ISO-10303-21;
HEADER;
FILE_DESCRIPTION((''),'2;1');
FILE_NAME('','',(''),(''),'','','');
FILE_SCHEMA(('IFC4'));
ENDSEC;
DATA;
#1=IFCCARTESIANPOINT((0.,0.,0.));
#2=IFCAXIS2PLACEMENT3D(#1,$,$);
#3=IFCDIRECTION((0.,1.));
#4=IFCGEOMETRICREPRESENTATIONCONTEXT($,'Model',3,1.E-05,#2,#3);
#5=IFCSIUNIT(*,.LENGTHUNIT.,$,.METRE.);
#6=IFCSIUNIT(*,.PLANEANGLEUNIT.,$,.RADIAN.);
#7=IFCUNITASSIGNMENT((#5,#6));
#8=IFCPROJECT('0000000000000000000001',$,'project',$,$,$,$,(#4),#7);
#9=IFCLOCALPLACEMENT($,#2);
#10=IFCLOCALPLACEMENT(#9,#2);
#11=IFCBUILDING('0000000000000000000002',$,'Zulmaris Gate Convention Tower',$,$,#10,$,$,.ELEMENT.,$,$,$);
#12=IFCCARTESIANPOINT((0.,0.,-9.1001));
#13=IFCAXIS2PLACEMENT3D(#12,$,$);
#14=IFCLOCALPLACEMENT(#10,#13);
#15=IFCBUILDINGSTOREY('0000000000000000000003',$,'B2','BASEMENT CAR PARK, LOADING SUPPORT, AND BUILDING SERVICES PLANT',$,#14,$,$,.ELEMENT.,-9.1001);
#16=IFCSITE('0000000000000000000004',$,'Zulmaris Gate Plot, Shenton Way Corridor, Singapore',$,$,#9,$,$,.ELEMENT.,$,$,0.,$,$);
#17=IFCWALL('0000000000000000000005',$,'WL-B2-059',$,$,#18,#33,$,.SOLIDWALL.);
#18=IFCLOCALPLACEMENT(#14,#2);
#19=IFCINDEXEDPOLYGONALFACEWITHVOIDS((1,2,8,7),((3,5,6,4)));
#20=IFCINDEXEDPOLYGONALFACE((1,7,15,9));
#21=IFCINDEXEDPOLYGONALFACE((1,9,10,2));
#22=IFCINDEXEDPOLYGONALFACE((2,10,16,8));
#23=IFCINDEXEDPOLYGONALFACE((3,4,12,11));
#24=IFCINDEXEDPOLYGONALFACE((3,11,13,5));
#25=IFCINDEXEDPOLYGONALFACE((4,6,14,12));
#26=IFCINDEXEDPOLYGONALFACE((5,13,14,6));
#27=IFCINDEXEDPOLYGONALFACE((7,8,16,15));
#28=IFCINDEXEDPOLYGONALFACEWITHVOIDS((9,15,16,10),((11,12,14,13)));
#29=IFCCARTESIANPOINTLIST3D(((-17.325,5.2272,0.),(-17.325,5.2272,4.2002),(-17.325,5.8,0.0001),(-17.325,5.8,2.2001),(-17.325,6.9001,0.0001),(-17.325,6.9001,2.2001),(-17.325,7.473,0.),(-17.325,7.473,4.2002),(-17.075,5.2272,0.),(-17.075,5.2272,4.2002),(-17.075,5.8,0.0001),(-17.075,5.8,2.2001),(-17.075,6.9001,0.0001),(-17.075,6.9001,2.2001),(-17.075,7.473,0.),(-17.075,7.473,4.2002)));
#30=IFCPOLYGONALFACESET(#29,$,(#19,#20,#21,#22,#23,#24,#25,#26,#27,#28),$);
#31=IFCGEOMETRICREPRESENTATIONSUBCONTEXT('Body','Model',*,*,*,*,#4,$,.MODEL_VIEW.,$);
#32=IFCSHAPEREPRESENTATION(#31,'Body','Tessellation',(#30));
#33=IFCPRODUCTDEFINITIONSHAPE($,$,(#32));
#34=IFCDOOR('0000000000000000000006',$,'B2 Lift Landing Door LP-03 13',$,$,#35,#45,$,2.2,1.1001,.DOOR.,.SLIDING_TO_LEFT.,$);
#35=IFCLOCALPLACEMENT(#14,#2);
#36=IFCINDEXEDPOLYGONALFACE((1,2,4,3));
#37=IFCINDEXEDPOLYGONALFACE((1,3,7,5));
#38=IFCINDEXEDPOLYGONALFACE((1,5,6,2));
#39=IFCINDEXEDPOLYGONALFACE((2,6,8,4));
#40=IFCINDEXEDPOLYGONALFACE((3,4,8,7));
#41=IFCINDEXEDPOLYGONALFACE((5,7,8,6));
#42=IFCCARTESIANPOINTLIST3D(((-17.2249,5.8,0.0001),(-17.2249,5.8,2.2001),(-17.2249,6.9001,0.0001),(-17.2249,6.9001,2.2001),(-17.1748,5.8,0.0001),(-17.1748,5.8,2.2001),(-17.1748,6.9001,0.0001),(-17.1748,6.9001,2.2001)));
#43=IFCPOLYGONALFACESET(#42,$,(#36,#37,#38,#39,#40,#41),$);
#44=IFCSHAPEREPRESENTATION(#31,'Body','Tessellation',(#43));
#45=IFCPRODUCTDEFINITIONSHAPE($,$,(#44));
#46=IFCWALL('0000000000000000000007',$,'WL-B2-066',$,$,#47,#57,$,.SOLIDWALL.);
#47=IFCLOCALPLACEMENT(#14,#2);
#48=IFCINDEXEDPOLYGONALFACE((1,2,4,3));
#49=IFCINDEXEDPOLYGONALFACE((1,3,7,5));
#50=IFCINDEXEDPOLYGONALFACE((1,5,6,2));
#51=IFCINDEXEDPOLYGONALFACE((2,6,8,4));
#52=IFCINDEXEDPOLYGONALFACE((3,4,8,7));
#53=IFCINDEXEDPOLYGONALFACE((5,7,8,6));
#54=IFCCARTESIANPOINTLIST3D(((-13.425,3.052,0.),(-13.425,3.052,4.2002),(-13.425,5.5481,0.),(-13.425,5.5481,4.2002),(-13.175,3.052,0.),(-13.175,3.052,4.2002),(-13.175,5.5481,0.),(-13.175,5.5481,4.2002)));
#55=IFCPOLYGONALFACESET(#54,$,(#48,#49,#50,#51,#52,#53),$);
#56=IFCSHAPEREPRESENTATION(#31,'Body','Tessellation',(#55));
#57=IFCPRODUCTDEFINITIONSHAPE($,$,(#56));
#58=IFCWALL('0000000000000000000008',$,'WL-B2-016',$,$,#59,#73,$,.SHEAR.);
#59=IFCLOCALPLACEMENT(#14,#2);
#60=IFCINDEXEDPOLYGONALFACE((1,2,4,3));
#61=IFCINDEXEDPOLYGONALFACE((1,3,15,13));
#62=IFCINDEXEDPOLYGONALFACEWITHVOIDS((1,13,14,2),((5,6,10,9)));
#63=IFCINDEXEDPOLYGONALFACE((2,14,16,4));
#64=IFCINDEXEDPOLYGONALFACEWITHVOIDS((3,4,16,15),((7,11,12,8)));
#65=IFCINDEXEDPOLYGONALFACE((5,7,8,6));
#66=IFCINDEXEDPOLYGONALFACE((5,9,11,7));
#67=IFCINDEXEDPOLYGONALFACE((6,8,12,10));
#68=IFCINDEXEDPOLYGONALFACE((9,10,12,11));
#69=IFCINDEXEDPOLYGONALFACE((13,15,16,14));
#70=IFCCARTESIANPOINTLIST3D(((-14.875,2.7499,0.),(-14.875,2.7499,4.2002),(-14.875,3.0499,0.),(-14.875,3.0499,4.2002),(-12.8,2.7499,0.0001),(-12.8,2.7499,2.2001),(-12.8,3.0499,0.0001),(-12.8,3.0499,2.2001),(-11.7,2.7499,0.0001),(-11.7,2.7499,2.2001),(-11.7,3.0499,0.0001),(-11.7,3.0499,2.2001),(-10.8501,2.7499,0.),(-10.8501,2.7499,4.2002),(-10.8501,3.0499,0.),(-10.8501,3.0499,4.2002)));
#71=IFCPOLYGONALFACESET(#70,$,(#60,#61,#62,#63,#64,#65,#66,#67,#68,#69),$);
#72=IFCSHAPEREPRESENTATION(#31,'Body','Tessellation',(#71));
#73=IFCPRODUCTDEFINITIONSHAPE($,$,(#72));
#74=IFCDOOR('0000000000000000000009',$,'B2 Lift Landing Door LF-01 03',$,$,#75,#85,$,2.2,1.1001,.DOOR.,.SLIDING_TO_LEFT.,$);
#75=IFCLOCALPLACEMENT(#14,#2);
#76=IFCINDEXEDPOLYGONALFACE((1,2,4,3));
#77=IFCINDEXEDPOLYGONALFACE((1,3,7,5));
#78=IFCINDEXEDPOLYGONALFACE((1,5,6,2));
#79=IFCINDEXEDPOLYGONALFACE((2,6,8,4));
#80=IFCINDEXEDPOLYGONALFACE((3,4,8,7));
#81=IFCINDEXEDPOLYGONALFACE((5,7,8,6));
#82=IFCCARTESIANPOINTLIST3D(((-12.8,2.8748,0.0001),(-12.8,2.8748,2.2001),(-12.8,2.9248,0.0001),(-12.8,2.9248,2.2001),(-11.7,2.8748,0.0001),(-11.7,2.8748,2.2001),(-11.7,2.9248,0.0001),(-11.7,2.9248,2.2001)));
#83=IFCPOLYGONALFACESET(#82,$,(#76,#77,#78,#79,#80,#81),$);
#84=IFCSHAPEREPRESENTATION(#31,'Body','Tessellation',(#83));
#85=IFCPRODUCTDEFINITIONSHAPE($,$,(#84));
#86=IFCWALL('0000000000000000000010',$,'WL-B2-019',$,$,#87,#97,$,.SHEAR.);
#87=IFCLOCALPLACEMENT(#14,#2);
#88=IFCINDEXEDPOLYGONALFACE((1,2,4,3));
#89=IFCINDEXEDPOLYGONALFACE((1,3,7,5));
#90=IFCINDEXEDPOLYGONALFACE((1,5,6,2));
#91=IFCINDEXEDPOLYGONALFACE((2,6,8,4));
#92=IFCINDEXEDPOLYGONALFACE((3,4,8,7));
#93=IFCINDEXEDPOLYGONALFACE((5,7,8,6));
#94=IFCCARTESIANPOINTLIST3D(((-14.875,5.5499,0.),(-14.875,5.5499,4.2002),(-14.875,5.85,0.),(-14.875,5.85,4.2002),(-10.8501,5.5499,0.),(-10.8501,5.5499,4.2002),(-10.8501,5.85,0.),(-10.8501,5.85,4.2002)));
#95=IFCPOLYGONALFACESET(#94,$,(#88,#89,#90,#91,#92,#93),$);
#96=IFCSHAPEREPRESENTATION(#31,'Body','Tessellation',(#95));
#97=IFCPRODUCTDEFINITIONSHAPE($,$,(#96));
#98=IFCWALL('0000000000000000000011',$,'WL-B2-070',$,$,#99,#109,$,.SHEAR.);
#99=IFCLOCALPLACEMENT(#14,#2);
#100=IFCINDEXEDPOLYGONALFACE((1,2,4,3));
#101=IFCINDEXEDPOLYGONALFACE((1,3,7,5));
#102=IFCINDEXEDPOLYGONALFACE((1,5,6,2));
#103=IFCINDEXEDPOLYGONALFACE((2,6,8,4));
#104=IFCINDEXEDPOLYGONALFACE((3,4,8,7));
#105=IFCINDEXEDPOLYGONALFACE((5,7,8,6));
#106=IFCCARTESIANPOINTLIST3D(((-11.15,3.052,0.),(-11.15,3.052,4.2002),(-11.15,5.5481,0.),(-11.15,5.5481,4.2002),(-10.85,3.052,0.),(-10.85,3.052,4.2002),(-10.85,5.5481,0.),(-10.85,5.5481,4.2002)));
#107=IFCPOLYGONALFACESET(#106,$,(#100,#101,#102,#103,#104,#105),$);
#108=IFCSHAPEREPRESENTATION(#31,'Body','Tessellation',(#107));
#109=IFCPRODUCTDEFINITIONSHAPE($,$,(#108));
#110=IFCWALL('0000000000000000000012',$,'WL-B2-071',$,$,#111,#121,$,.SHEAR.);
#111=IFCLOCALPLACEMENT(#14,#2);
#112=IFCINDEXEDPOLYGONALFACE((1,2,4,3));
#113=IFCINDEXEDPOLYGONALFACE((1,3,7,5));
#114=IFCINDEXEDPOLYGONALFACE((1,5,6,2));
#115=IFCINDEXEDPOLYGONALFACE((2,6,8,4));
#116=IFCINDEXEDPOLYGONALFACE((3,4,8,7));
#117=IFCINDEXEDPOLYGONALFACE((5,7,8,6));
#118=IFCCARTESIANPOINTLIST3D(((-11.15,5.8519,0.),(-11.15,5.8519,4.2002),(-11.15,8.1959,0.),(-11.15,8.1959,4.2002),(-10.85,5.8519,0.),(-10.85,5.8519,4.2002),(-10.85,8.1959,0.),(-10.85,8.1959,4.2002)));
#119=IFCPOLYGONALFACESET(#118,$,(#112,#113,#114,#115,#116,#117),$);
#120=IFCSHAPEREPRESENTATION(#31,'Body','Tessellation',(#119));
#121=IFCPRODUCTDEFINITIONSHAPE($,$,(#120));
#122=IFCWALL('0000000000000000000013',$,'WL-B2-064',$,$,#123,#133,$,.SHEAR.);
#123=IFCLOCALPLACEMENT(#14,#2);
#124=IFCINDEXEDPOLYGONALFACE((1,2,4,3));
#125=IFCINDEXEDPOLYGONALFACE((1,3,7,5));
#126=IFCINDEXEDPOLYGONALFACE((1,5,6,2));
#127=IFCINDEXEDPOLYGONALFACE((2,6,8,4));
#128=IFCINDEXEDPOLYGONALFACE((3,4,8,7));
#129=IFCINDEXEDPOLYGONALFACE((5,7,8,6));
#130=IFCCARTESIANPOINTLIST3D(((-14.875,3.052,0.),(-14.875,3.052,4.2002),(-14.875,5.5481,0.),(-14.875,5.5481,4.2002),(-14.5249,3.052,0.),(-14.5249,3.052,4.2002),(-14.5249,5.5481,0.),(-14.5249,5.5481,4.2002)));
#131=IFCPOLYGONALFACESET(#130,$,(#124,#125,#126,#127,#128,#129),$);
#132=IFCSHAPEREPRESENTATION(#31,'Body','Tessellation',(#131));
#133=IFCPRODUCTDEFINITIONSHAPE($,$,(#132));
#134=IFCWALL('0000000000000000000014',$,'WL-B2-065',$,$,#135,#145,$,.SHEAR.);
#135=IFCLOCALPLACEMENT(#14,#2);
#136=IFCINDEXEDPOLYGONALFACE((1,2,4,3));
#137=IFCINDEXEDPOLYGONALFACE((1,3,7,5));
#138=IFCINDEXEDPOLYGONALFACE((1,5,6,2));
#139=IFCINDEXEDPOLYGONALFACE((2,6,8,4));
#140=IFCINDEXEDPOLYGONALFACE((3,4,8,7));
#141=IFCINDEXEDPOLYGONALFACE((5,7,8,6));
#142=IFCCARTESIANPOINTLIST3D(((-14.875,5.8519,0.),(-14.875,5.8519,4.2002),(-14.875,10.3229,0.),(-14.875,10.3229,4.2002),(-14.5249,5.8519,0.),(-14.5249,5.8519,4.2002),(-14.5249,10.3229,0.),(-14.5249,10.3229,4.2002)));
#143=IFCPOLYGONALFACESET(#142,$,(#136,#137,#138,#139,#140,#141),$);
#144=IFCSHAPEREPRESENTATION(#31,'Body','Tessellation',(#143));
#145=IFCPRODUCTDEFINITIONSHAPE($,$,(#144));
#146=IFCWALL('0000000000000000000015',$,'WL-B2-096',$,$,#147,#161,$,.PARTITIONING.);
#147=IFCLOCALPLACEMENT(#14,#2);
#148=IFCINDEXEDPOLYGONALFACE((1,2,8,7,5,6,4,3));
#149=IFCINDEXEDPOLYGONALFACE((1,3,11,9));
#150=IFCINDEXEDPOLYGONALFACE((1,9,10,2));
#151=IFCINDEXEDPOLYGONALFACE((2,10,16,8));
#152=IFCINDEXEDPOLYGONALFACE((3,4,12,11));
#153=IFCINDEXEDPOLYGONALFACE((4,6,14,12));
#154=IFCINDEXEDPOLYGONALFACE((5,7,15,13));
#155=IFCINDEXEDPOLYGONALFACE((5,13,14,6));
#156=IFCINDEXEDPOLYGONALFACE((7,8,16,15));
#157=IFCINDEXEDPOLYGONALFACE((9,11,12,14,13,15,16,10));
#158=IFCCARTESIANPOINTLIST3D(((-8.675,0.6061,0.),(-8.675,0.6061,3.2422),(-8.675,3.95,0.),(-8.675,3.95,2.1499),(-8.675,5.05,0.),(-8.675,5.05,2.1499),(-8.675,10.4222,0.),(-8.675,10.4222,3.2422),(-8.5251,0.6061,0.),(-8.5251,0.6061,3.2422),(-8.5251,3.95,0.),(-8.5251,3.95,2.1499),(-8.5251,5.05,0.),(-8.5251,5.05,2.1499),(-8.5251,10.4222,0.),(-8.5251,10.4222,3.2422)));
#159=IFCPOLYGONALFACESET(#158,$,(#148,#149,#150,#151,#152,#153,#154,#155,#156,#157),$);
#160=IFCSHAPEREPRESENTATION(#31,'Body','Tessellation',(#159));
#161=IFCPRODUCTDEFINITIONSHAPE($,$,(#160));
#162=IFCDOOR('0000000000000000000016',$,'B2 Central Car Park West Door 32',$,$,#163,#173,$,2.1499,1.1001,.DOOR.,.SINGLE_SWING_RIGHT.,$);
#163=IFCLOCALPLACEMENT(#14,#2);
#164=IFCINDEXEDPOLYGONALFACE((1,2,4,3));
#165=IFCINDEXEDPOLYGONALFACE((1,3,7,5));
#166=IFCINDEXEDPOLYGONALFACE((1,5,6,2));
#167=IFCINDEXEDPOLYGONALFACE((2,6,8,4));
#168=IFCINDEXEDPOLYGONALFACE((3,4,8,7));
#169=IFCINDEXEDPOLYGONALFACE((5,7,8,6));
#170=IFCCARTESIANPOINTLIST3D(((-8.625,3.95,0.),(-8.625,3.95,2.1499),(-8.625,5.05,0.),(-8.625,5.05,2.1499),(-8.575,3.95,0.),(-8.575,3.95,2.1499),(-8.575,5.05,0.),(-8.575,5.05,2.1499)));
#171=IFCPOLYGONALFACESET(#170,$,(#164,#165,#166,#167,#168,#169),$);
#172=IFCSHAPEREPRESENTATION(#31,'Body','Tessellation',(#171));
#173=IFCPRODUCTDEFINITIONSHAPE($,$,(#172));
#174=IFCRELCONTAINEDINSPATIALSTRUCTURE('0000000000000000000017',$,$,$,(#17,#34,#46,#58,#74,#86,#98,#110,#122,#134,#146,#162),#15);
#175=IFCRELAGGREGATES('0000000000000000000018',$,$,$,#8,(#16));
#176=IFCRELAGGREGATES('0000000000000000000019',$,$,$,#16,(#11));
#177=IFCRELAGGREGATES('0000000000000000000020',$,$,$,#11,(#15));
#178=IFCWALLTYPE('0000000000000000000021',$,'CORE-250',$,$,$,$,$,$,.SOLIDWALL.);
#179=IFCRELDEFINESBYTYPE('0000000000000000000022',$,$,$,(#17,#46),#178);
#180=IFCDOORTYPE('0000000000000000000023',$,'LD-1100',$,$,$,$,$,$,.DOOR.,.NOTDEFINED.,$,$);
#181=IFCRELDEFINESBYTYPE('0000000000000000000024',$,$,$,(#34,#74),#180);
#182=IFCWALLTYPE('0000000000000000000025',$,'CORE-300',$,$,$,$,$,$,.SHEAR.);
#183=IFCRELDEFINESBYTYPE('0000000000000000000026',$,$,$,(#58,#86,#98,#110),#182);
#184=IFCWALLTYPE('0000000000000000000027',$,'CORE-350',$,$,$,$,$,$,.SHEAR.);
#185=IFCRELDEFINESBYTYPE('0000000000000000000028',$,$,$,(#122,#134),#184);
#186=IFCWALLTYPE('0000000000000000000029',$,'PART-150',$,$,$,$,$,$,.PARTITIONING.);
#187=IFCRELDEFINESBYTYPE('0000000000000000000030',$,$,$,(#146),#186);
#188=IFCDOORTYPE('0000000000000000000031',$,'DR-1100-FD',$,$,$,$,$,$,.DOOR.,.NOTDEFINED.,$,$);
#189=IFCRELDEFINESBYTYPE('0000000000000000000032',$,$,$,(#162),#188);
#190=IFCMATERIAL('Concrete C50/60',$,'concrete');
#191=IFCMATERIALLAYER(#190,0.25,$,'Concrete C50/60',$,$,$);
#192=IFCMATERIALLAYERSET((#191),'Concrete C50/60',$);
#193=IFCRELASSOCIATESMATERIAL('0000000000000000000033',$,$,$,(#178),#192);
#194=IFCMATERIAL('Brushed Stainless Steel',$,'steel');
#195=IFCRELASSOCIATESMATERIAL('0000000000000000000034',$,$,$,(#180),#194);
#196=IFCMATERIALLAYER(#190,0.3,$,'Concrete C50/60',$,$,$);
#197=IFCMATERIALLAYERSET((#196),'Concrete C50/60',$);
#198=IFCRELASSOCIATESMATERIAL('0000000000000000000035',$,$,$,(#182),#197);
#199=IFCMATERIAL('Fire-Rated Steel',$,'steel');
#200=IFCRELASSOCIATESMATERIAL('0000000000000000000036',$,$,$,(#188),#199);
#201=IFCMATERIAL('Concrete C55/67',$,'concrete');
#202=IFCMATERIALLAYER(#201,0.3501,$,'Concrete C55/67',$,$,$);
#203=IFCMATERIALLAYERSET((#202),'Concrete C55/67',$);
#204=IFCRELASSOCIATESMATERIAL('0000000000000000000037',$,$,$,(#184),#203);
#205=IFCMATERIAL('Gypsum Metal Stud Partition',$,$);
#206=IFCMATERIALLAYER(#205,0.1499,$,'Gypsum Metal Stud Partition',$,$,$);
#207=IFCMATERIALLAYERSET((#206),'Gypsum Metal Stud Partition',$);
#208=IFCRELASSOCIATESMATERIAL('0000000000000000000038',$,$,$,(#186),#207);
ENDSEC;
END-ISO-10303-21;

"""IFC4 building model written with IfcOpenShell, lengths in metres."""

from ifc_helpers import new_model, si_unit, direction, frame, frame_2d, origin, place, context, subcontext, project, spatial, rectangle, extrude, material, layer, layer_set, type_object, element, fill, save


model = new_model("IFC4")

# Units and contexts
model_context = context("Model", 3, precision=1e-05, world=origin(), true_north=direction((0.0, 1.0)))
body_context = subcontext(model_context, "Body", "Model", "MODEL_VIEW")
ifc_project = project(units=[si_unit("LENGTHUNIT", "METRE"), si_unit("PLANEANGLEUNIT", "RADIAN")], contexts=[model_context])

# Site, building, storey
site_placement = place(None, origin())
site = spatial("IfcSite", under=ifc_project, at=site_placement, Name="Zulmaris Gate Plot, Shenton Way Corridor, Singapore", CompositionType="ELEMENT", RefElevation=0.0)
building_placement = place(site_placement, origin())
building = spatial("IfcBuilding", under=site, at=building_placement, Name="Zulmaris Gate Convention Tower", CompositionType="ELEMENT")
storey_placement = place(building_placement, frame((0.0, 0.0, -9.1001)))
storey = spatial("IfcBuildingStorey", under=building, at=storey_placement, Name="B2", Description="BASEMENT CAR PARK, LOADING SUPPORT, AND BUILDING SERVICES PLANT", CompositionType="ELEMENT", Elevation=-9.1001)

# Shared definitions
ifc_material_1 = material(Name="Concrete C50/60", Category="concrete")

# Wall, opening, door
ifc_layer_1 = layer(ifc_material_1, 0.25, Name="Concrete C50/60")
ifc_layer_set_1 = layer_set([ifc_layer_1], Name="Concrete C50/60")
wall_type_1 = type_object("IfcWallType", Name="CORE-250", PredefinedType="SOLIDWALL", material=ifc_layer_set_1)
ifc_material_2 = material(Name="Brushed Stainless Steel", Category="steel")
door_type_1 = type_object("IfcDoorType", Name="LD-1100", OperationType="NOTDEFINED", PredefinedType="DOOR", material=ifc_material_2)
wall_1_placement = place(storey_placement, frame((-17.2, 5.2271, 0.0), z_axis=(0.0, 0.0, 1.0), x_axis=(0.0, 1.0, 0.0)))
wall_1 = element("IfcWall", 1, at=wall_1_placement, inside=storey, type_object=wall_type_1, Name="WL-B2-059", PredefinedType="SOLIDWALL", context=body_context, shape_type="SweptSolid", body=[
    extrude(rectangle(XDim=2.2458, YDim=0.25, at=frame_2d((1.123, 0.0))), origin(), (0.0, 0.0, 1.0), 4.2002),
])
opening_1_placement = place(wall_1_placement, frame((0.573, 0.0, 0.0)))
opening_1 = element("IfcOpeningElement", 2, at=opening_1_placement, cuts=wall_1, PredefinedType="OPENING", context=body_context, shape_type="SweptSolid", body=[
    extrude(rectangle(XDim=1.1001, YDim=2.2, at=frame_2d((0.55, 1.1001))), frame((0.0, 0.135, 0.0), z_axis=(0.0, -1.0, 0.0), x_axis=(1.0, 0.0, 0.0)), (0.0, 0.0, 1.0), 0.27),
])
door_1_placement = place(opening_1_placement, origin())
door_1 = element("IfcDoor", 3, at=door_1_placement, inside=storey, type_object=door_type_1, Name="B2 Lift Landing Door LP-03 13", OperationType="SLIDING_TO_LEFT", OverallHeight=2.2, OverallWidth=1.1001, PredefinedType="DOOR", context=body_context, shape_type="SweptSolid", body=[
    extrude(rectangle(XDim=1.1001, YDim=2.2, at=frame_2d((0.55, 1.1001))), frame((0.0, 0.0249, 0.0), z_axis=(0.0, -1.0, 0.0), x_axis=(1.0, 0.0, 0.0)), (0.0, 0.0, 1.0), 0.05),
])
fill(opening_1, door_1)

# Wall
wall_2_placement = place(storey_placement, frame((-13.3, 3.052, 0.0), z_axis=(0.0, 0.0, 1.0), x_axis=(0.0, 1.0, 0.0)))
element("IfcWall", 4, at=wall_2_placement, inside=storey, type_object=wall_type_1, Name="WL-B2-066", PredefinedType="SOLIDWALL", context=body_context, shape_type="SweptSolid", body=[
    extrude(rectangle(XDim=2.4961, YDim=0.25, at=frame_2d((1.248, 0.0))), origin(), (0.0, 0.0, 1.0), 4.2002),
])

# Wall, opening, door
ifc_layer_2 = layer(ifc_material_1, 0.3, Name="Concrete C50/60")
ifc_layer_set_2 = layer_set([ifc_layer_2], Name="Concrete C50/60")
wall_type_2 = type_object("IfcWallType", Name="CORE-300", PredefinedType="SHEAR", material=ifc_layer_set_2)
wall_3_placement = place(storey_placement, frame((-14.875, 2.8999, 0.0), z_axis=(0.0, 0.0, 1.0), x_axis=(1.0, 0.0, 0.0)))
wall_3 = element("IfcWall", 5, at=wall_3_placement, inside=storey, type_object=wall_type_2, Name="WL-B2-016", PredefinedType="SHEAR", context=body_context, shape_type="SweptSolid", body=[
    extrude(rectangle(XDim=4.0249, YDim=0.3, at=frame_2d((2.0125, 0.0))), origin(), (0.0, 0.0, 1.0), 4.2002),
])
opening_2_placement = place(wall_3_placement, frame((2.075, 0.0, 0.0)))
opening_2 = element("IfcOpeningElement", 6, at=opening_2_placement, cuts=wall_3, PredefinedType="OPENING", context=body_context, shape_type="SweptSolid", body=[
    extrude(rectangle(XDim=1.1001, YDim=2.2, at=frame_2d((0.55, 1.1001))), frame((0.0, 0.1602, 0.0), z_axis=(0.0, -1.0, 0.0), x_axis=(1.0, 0.0, 0.0)), (0.0, 0.0, 1.0), 0.3201),
])
door_2_placement = place(opening_2_placement, origin())
door_2 = element("IfcDoor", 7, at=door_2_placement, inside=storey, type_object=door_type_1, Name="B2 Lift Landing Door LF-01 03", OperationType="SLIDING_TO_LEFT", OverallHeight=2.2, OverallWidth=1.1001, PredefinedType="DOOR", context=body_context, shape_type="SweptSolid", body=[
    extrude(rectangle(XDim=1.1001, YDim=2.2, at=frame_2d((0.55, 1.1001))), frame((0.0, 0.0249, 0.0), z_axis=(0.0, -1.0, 0.0), x_axis=(1.0, 0.0, 0.0)), (0.0, 0.0, 1.0), 0.05),
])
fill(opening_2, door_2)

# Wall
wall_4_placement = place(storey_placement, frame((-14.875, 5.7, 0.0), z_axis=(0.0, 0.0, 1.0), x_axis=(1.0, 0.0, 0.0)))
element("IfcWall", 8, at=wall_4_placement, inside=storey, type_object=wall_type_2, Name="WL-B2-019", PredefinedType="SHEAR", context=body_context, shape_type="SweptSolid", body=[
    extrude(rectangle(XDim=4.0249, YDim=0.3, at=frame_2d((2.0125, 0.0))), origin(), (0.0, 0.0, 1.0), 4.2002),
])

# Shared definitions
ifc_material_3 = material(Name="Fire-Rated Steel", Category="steel")
door_type_2 = type_object("IfcDoorType", Name="DR-1100-FD", OperationType="NOTDEFINED", PredefinedType="DOOR", material=ifc_material_3)

# Walls
wall_5_placement = place(storey_placement, frame((-11.0, 3.052, 0.0), z_axis=(0.0, 0.0, 1.0), x_axis=(0.0, 1.0, 0.0)))
element("IfcWall", 9, at=wall_5_placement, inside=storey, type_object=wall_type_2, Name="WL-B2-070", PredefinedType="SHEAR", context=body_context, shape_type="SweptSolid", body=[
    extrude(rectangle(XDim=2.4961, YDim=0.3, at=frame_2d((1.248, 0.0))), origin(), (0.0, 0.0, 1.0), 4.2002),
])
wall_6_placement = place(storey_placement, frame((-11.0, 5.8521, 0.0), z_axis=(0.0, 0.0, 1.0), x_axis=(0.0, 1.0, 0.0)))
element("IfcWall", 10, at=wall_6_placement, inside=storey, type_object=wall_type_2, Name="WL-B2-071", PredefinedType="SHEAR", context=body_context, shape_type="SweptSolid", body=[
    extrude(rectangle(XDim=2.344, YDim=0.3, at=frame_2d((1.1719, 0.0))), origin(), (0.0, 0.0, 1.0), 4.2002),
])
ifc_material_4 = material(Name="Concrete C55/67", Category="concrete")
ifc_layer_3 = layer(ifc_material_4, 0.3501, Name="Concrete C55/67")
ifc_layer_set_3 = layer_set([ifc_layer_3], Name="Concrete C55/67")
wall_type_3 = type_object("IfcWallType", Name="CORE-350", PredefinedType="SHEAR", material=ifc_layer_set_3)
wall_7_placement = place(storey_placement, frame((-14.7, 3.052, 0.0), z_axis=(0.0, 0.0, 1.0), x_axis=(0.0, 1.0, 0.0)))
element("IfcWall", 11, at=wall_7_placement, inside=storey, type_object=wall_type_3, Name="WL-B2-064", PredefinedType="SHEAR", context=body_context, shape_type="SweptSolid", body=[
    extrude(rectangle(XDim=2.4961, YDim=0.3501, at=frame_2d((1.248, 0.0))), origin(), (0.0, 0.0, 1.0), 4.2002),
])
wall_8_placement = place(storey_placement, frame((-14.7, 5.8521, 0.0), z_axis=(0.0, 0.0, 1.0), x_axis=(0.0, 1.0, 0.0)))
element("IfcWall", 12, at=wall_8_placement, inside=storey, type_object=wall_type_3, Name="WL-B2-065", PredefinedType="SHEAR", context=body_context, shape_type="SweptSolid", body=[
    extrude(rectangle(XDim=4.4709, YDim=0.3501, at=frame_2d((2.2354, 0.0))), origin(), (0.0, 0.0, 1.0), 4.2002),
])

# Wall, opening, door
ifc_material_5 = material(Name="Gypsum Metal Stud Partition")
ifc_layer_4 = layer(ifc_material_5, 0.1499, Name="Gypsum Metal Stud Partition")
ifc_layer_set_4 = layer_set([ifc_layer_4], Name="Gypsum Metal Stud Partition")
wall_type_4 = type_object("IfcWallType", Name="PART-150", PredefinedType="PARTITIONING", material=ifc_layer_set_4)
wall_9_placement = place(storey_placement, frame((-8.6001, 0.606, 0.0), z_axis=(0.0, 0.0, 1.0), x_axis=(0.0, 1.0, 0.0)))
wall_9 = element("IfcWall", 13, at=wall_9_placement, inside=storey, type_object=wall_type_4, Name="WL-B2-096", PredefinedType="PARTITIONING", context=body_context, shape_type="SweptSolid", body=[
    extrude(rectangle(XDim=9.8162, YDim=0.1499, at=frame_2d((4.9082, 0.0))), origin(), (0.0, 0.0, 1.0), 3.2422),
])
opening_3_placement = place(wall_9_placement, frame((3.344, 0.0, 0.0)))
opening_3 = element("IfcOpeningElement", 14, at=opening_3_placement, cuts=wall_9, PredefinedType="OPENING", context=body_context, shape_type="SweptSolid", body=[
    extrude(rectangle(XDim=1.1001, YDim=2.1499, at=frame_2d((0.55, 1.075))), frame((0.0, 0.085, 0.0), z_axis=(0.0, -1.0, 0.0), x_axis=(1.0, 0.0, 0.0)), (0.0, 0.0, 1.0), 0.1699),
])
door_3_placement = place(opening_3_placement, origin())
door_3 = element("IfcDoor", 15, at=door_3_placement, inside=storey, type_object=door_type_2, Name="B2 Central Car Park West Door 32", OperationType="SINGLE_SWING_RIGHT", OverallHeight=2.1499, OverallWidth=1.1001, PredefinedType="DOOR", context=body_context, shape_type="SweptSolid", body=[
    extrude(rectangle(XDim=1.1001, YDim=2.1499, at=frame_2d((0.55, 1.075))), frame((0.0, 0.0249, 0.0), z_axis=(0.0, -1.0, 0.0), x_axis=(1.0, 0.0, 0.0)), (0.0, 0.0, 1.0), 0.05),
])
fill(opening_3, door_3)

save(model, "model.ifc")
